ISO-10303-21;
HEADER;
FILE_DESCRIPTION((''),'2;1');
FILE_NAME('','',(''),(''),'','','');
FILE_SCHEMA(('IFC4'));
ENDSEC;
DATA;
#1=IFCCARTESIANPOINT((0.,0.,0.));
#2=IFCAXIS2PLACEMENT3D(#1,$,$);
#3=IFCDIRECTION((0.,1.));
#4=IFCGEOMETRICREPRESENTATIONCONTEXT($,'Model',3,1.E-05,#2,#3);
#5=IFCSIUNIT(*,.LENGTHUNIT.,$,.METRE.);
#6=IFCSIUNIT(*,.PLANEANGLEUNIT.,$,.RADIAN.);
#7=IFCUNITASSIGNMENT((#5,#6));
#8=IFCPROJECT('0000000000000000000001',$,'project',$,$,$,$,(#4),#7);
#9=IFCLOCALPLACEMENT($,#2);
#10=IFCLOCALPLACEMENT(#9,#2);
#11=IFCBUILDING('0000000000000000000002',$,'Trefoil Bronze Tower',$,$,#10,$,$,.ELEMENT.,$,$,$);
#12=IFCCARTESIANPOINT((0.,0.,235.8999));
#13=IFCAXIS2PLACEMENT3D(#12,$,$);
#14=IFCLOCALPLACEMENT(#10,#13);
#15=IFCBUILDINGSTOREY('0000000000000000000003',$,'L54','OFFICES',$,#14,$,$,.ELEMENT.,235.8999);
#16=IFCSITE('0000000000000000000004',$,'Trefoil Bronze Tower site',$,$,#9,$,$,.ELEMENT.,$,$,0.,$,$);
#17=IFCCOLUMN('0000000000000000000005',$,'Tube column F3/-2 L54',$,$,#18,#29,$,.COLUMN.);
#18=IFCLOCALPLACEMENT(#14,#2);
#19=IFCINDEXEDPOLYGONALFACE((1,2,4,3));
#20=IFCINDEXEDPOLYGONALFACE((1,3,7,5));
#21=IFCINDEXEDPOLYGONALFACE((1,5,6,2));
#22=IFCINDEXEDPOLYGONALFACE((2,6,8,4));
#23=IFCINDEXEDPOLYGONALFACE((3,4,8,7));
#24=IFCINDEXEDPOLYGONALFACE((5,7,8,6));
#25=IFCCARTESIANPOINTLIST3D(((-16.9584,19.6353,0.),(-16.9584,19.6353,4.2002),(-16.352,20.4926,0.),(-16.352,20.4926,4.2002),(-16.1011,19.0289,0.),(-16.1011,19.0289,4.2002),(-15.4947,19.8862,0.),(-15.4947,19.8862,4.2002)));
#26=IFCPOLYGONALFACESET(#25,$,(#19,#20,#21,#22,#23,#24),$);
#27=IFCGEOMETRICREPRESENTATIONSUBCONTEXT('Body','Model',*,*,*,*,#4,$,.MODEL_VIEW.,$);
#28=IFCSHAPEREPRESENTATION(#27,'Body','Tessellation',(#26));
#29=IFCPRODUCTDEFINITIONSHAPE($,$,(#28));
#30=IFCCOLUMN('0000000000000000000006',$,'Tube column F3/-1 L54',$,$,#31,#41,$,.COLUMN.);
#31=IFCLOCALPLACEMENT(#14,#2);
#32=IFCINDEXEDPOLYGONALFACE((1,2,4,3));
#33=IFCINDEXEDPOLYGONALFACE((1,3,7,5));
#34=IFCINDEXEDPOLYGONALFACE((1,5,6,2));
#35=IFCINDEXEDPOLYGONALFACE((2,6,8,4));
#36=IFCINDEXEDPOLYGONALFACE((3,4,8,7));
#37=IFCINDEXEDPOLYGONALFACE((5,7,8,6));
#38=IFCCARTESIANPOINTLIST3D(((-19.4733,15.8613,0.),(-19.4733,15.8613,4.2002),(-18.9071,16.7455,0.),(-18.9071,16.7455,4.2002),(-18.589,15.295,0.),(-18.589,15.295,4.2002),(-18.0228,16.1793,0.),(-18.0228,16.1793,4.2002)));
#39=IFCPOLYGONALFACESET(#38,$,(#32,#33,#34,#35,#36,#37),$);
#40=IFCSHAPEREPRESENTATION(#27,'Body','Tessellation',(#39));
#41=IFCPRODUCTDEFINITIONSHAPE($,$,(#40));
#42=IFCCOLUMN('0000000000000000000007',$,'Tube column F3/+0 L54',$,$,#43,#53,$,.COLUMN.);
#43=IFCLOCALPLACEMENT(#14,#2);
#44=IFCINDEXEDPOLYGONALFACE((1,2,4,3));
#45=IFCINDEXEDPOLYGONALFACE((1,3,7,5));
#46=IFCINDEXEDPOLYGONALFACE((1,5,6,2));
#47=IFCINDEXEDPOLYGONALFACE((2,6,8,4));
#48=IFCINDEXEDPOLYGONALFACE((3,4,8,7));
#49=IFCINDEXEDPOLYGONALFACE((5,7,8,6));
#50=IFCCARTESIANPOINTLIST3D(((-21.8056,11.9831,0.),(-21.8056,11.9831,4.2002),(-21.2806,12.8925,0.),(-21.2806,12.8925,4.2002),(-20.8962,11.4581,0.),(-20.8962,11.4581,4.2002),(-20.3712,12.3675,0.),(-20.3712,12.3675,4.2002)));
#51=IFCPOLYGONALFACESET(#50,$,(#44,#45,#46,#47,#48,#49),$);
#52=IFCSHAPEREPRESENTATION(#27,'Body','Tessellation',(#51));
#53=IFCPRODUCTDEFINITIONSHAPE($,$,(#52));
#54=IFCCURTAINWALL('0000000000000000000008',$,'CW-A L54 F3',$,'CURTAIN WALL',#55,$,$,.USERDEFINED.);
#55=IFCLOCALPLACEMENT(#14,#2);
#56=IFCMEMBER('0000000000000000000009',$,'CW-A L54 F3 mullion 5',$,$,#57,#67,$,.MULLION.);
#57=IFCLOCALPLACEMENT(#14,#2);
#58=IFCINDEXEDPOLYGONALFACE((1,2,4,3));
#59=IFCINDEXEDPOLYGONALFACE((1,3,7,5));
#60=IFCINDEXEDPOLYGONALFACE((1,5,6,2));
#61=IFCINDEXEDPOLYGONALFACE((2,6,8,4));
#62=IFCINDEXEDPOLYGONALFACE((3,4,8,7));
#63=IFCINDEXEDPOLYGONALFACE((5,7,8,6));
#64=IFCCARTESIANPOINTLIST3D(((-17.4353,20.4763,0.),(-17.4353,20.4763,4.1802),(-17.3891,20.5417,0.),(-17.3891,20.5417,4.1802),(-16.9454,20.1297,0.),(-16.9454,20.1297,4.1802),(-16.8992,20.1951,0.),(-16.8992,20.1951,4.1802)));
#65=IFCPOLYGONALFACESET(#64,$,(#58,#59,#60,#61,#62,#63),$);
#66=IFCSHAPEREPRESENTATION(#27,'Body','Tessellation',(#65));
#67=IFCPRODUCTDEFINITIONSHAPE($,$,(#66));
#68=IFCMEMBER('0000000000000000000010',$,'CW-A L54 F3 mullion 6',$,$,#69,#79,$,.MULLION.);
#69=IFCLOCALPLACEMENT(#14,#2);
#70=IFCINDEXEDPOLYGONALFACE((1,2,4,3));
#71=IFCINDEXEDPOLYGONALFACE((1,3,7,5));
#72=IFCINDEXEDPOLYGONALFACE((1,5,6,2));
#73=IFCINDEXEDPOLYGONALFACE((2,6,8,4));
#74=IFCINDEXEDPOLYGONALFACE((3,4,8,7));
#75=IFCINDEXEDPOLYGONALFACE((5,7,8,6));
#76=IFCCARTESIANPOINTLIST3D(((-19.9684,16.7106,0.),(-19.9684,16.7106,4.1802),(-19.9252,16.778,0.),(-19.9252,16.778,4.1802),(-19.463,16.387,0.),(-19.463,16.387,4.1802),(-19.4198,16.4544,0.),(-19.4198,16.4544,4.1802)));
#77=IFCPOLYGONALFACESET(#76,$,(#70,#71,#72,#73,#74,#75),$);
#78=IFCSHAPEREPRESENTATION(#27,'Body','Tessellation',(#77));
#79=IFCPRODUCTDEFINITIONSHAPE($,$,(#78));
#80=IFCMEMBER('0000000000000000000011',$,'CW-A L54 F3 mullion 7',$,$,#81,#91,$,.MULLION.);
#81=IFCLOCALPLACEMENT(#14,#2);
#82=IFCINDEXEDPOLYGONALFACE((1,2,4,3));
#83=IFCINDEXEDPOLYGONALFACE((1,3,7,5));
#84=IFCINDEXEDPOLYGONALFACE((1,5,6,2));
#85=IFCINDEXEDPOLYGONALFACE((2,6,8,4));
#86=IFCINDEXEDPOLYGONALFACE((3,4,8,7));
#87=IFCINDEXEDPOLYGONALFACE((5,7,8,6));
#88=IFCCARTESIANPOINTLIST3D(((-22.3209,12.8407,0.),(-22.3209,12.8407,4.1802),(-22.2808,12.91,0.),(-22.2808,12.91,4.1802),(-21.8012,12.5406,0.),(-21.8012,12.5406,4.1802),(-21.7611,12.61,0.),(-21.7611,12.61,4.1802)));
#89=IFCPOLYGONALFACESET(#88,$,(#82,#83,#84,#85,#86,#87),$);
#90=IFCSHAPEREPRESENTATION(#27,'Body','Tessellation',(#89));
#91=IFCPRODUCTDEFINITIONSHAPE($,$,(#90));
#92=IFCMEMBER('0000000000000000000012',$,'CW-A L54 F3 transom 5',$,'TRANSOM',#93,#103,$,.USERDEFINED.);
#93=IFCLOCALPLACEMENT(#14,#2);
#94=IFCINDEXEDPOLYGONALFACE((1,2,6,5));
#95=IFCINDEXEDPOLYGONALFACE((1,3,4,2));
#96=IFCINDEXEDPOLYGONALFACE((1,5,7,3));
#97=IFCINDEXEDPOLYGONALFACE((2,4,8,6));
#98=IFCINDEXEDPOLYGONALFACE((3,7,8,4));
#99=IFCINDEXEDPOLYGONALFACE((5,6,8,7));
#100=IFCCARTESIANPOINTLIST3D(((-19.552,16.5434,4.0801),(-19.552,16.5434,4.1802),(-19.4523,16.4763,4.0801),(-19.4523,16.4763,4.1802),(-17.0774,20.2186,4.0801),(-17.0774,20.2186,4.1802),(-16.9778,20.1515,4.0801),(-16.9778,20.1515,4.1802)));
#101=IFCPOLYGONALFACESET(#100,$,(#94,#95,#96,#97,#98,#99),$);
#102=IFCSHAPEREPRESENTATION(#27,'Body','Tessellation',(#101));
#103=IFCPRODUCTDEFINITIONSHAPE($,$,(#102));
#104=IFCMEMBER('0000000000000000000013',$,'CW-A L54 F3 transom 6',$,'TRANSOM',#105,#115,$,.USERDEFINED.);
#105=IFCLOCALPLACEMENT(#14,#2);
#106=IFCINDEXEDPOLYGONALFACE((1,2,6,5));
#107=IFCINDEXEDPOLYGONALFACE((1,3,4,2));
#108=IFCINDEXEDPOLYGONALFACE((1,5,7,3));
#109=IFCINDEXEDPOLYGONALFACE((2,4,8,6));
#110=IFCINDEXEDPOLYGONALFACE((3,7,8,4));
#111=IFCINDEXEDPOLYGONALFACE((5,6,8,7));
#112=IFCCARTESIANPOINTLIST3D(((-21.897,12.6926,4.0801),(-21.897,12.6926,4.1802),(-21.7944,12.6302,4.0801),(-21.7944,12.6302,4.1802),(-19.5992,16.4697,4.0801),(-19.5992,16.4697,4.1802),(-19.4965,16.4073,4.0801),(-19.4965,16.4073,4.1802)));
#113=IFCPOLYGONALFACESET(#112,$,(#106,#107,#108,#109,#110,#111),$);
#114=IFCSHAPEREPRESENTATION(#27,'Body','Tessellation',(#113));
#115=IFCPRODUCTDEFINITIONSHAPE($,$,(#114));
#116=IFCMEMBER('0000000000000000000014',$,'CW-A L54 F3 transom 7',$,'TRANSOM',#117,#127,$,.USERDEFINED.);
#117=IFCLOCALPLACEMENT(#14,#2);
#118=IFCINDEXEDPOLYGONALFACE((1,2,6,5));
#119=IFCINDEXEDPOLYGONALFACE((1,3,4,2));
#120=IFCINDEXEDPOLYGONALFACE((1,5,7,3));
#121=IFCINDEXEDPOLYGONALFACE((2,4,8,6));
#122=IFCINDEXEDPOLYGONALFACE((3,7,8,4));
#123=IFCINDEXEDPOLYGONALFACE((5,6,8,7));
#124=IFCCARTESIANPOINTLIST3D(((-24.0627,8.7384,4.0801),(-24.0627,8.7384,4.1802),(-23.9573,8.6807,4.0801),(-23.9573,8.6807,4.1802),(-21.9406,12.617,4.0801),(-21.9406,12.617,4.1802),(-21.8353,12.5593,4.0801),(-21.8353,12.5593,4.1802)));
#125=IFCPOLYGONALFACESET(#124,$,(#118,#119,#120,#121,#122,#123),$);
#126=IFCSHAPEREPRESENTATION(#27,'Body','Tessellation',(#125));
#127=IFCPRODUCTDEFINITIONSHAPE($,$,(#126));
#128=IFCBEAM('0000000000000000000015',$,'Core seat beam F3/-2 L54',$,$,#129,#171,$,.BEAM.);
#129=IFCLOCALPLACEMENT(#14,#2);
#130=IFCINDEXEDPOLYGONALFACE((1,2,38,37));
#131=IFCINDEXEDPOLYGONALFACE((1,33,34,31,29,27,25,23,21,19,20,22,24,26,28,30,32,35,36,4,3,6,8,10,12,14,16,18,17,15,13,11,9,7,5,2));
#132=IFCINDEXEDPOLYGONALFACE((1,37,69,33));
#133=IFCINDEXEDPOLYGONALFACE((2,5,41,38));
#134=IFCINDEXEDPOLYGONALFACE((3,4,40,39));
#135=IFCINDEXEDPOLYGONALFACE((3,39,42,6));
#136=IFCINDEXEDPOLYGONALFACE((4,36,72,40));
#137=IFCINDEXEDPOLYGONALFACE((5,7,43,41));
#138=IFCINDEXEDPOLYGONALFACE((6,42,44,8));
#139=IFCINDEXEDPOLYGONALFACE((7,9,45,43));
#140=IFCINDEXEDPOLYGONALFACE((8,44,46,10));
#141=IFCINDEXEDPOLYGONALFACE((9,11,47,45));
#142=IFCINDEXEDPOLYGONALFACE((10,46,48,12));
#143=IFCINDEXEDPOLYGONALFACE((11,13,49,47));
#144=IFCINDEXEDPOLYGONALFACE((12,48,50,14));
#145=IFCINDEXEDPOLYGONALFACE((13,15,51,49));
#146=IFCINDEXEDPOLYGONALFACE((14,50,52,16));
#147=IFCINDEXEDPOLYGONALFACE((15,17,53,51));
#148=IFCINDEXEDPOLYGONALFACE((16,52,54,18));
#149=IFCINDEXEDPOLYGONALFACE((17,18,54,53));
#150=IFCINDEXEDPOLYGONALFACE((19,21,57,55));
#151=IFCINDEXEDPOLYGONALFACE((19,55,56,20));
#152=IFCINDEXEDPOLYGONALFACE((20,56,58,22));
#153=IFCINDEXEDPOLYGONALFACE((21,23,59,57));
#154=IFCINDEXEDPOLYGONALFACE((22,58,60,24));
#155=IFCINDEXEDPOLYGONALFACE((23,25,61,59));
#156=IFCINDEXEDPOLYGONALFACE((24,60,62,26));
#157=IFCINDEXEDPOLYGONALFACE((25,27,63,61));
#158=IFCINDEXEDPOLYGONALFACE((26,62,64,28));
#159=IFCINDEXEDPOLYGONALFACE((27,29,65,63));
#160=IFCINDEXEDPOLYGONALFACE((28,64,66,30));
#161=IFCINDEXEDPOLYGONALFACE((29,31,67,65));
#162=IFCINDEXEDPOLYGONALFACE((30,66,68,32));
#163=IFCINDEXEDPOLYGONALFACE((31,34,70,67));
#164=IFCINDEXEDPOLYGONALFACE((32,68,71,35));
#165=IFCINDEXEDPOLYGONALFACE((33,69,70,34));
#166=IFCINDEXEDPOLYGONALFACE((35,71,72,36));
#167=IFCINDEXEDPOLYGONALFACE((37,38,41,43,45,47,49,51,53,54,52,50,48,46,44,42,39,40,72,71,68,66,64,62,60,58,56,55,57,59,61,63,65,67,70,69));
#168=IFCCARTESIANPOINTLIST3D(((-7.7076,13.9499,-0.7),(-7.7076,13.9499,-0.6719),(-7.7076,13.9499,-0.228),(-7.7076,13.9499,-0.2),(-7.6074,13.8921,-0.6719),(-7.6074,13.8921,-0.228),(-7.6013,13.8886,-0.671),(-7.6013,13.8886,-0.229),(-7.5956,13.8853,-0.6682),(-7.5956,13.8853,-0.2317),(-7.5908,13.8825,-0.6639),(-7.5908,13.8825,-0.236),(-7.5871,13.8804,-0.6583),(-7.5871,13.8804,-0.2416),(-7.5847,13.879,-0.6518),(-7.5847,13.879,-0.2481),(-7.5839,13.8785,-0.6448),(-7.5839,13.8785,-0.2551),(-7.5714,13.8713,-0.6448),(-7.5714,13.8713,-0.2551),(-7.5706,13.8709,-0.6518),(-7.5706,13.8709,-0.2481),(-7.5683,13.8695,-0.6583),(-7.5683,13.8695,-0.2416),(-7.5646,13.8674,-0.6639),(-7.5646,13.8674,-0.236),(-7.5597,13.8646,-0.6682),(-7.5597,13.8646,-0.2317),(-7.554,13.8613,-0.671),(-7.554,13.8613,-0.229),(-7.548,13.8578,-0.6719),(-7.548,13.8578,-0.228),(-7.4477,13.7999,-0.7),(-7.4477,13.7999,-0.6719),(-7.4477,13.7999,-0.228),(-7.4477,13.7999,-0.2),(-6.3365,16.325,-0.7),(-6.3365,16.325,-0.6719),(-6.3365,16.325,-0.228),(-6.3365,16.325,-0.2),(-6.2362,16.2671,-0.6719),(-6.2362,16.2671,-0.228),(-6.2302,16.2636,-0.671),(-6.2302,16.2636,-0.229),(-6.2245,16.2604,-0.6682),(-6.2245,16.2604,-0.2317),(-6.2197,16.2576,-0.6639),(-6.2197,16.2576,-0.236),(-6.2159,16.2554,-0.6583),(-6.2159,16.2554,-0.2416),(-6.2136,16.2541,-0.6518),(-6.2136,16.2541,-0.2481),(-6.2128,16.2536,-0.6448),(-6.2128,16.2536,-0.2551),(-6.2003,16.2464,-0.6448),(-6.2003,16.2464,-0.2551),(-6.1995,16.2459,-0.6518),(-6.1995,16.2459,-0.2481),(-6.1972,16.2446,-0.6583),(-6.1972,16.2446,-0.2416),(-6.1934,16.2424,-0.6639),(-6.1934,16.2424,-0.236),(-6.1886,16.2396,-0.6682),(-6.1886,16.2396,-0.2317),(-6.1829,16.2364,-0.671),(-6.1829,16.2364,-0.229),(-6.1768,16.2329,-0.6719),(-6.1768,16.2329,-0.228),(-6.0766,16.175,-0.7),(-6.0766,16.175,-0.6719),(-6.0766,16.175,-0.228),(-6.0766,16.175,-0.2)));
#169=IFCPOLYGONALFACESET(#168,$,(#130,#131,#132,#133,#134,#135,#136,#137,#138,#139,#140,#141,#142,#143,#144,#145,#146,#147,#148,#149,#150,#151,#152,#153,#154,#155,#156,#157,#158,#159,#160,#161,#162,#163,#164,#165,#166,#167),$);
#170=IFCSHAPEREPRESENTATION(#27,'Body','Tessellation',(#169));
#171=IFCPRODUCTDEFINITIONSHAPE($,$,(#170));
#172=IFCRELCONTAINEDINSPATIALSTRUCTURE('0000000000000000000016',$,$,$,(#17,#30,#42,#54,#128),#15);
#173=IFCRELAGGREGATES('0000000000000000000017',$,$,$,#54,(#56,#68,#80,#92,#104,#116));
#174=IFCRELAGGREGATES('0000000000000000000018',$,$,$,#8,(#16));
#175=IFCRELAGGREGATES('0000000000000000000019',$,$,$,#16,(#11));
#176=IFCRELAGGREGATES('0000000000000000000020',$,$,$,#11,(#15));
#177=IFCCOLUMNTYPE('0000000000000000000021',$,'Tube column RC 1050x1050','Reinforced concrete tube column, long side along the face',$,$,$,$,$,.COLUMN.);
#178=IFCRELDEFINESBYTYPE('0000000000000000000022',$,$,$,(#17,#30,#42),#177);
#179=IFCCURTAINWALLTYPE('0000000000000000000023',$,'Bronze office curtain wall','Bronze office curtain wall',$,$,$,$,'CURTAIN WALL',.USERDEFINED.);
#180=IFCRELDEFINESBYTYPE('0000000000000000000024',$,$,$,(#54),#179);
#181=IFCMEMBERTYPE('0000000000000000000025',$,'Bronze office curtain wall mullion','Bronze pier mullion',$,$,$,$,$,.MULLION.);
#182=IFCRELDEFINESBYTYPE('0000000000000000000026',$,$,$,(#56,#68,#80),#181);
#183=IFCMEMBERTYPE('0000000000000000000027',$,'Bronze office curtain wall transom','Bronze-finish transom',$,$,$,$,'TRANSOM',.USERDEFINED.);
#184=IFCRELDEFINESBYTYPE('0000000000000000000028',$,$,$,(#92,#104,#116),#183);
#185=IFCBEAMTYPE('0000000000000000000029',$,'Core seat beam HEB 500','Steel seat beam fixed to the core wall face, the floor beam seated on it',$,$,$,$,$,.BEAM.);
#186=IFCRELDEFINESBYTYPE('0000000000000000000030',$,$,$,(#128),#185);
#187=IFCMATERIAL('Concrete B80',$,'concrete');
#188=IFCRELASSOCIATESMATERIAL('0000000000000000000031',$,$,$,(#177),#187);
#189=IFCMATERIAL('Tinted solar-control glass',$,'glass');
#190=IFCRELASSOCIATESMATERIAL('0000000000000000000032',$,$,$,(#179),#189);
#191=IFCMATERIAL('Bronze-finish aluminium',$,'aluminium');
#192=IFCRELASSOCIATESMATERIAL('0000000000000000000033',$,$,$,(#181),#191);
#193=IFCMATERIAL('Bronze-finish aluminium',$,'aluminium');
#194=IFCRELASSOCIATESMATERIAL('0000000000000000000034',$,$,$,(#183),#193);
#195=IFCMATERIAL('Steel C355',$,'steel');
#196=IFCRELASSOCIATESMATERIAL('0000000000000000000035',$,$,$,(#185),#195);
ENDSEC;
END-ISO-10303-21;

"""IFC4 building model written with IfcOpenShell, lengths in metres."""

from ifc_helpers import new_model, si_unit, direction, frame, origin, origin_2d, place, context, subcontext, project, spatial, rectangle, i_section, extrude, material, material_profile, profile_set, type_object, element, aggregate, save


model = new_model("IFC4")

# Units and contexts
model_context = context("Model", 3, precision=1e-05, world=origin(), true_north=direction((0.0, 1.0)))
body_context = subcontext(model_context, "Body", "Model", "MODEL_VIEW")
ifc_project = project(units=[si_unit("LENGTHUNIT", "METRE"), si_unit("PLANEANGLEUNIT", "RADIAN")], contexts=[model_context])

# Site, building, storey
site_placement = place(None, origin())
site = spatial("IfcSite", under=ifc_project, at=site_placement, Name="Trefoil Bronze Tower site", CompositionType="ELEMENT", RefElevation=0.0)
building_placement = place(site_placement, origin())
building = spatial("IfcBuilding", under=site, at=building_placement, Name="Trefoil Bronze Tower", CompositionType="ELEMENT")
storey_placement = place(building_placement, frame((0.0, 0.0, 235.8999)))
storey = spatial("IfcBuildingStorey", under=building, at=storey_placement, Name="L54", Description="OFFICES", CompositionType="ELEMENT", Elevation=235.8999)

# Columns
ifc_material_1 = material(Name="Concrete B80", Category="concrete")
ifc_material_profile_1 = material_profile(ifc_material_1, rectangle(XDim=1.05, YDim=1.05, at=origin_2d()), Name="RC 1050x1050")
ifc_profile_set_1 = profile_set([ifc_material_profile_1], Name="Concrete B80")
column_type = type_object("IfcColumnType", Name="Tube column RC 1050x1050", Description="Reinforced concrete tube column, long side along the face", PredefinedType="COLUMN", material=ifc_profile_set_1)
for number, where, z_axis, x_axis, name in (
    (1, (-16.2266, 19.7607, 0.0), (0.0, 0.0, 1.0), (-0.577481, -0.816404, 0.0), "Tube column F3/-2 L54"),
    (2, (-18.748, 16.0203, 0.0), (0.0, 0.0, 1.0), (-0.53927, -0.842133, 0.0), "Tube column F3/-1 L54"),
    (3, (-21.0884, 12.1753, 0.0), (0.0, 0.0, 1.0), (-0.5, -0.866025, 0.0), "Tube column F3/+0 L54"),
):
    element("IfcColumn", number, at=place(storey_placement, frame(where, z_axis=z_axis, x_axis=x_axis)), inside=storey, type_object=column_type, Name=name, PredefinedType="COLUMN", context=body_context, shape_type="SweptSolid", body=[
        extrude(rectangle(XDim=1.05, YDim=1.05, at=origin_2d()), origin(), (0.0, 0.0, 1.0), 4.2002),
    ])

# Curtain wall, members
ifc_material_2 = material(Name="Tinted solar-control glass", Category="glass")
curtain_wall_type = type_object("IfcCurtainWallType", Name="Bronze office curtain wall", Description="Bronze office curtain wall", ElementType="CURTAIN WALL", PredefinedType="USERDEFINED", material=ifc_material_2)
curtain_wall_placement = place(storey_placement, origin())
curtain_wall = element("IfcCurtainWall", 4, at=curtain_wall_placement, inside=storey, type_object=curtain_wall_type, Name="CW-A L54 F3", ObjectType="CURTAIN WALL", PredefinedType="USERDEFINED")
ifc_material_3 = material(Name="Bronze-finish aluminium", Category="aluminium")
ifc_material_profile_2 = material_profile(ifc_material_3, rectangle(XDim=0.6001, YDim=0.0801, at=origin_2d()), Name="CW-A mullion")
ifc_profile_set_2 = profile_set([ifc_material_profile_2], Name="Bronze-finish aluminium")
member_type_1 = type_object("IfcMemberType", Name="Bronze office curtain wall mullion", Description="Bronze pier mullion", PredefinedType="MULLION", material=ifc_profile_set_2)
member_1_placement = place(storey_placement, frame((-17.1672, 20.3357, 0.0), z_axis=(0.0, 0.0, 1.0), x_axis=(0.816404, -0.577481, 0.0)))
member_1 = element("IfcMember", 5, at=member_1_placement, type_object=member_type_1, Name="CW-A L54 F3 mullion 5", PredefinedType="MULLION", context=body_context, shape_type="SweptSolid", body=[
    extrude(rectangle(XDim=0.6001, YDim=0.0801, at=origin_2d()), origin(), (0.0, 0.0, 1.0), 4.1802),
])
member_2_placement = place(storey_placement, frame((-19.6941, 16.5825, 0.0), z_axis=(0.0, 0.0, 1.0), x_axis=(0.842133, -0.53927, 0.0)))
member_2 = element("IfcMember", 6, at=member_2_placement, type_object=member_type_1, Name="CW-A L54 F3 mullion 6", PredefinedType="MULLION", context=body_context, shape_type="SweptSolid", body=[
    extrude(rectangle(XDim=0.6001, YDim=0.0801, at=origin_2d()), origin(), (0.0, 0.0, 1.0), 4.1802),
])
member_3_placement = place(storey_placement, frame((-22.041, 12.7253, 0.0), z_axis=(0.0, 0.0, 1.0), x_axis=(0.866025, -0.5, 0.0)))
member_3 = element("IfcMember", 7, at=member_3_placement, type_object=member_type_1, Name="CW-A L54 F3 mullion 7", PredefinedType="MULLION", context=body_context, shape_type="SweptSolid", body=[
    extrude(rectangle(XDim=0.6001, YDim=0.0801, at=origin_2d()), origin(), (0.0, 0.0, 1.0), 4.1802),
])
ifc_material_4 = material(Name="Bronze-finish aluminium", Category="aluminium")
ifc_material_profile_3 = material_profile(ifc_material_4, rectangle(XDim=0.1201, YDim=0.1001, at=origin_2d()), Name="CW-A transom")
ifc_profile_set_3 = profile_set([ifc_material_profile_3], Name="Bronze-finish aluminium")
member_type_2 = type_object("IfcMemberType", Name="Bronze office curtain wall transom", Description="Bronze-finish transom", ElementType="TRANSOM", PredefinedType="USERDEFINED", material=ifc_profile_set_3)
member_4_placement = place(storey_placement, frame((-17.0276, 20.1851, 4.1301), z_axis=(-0.558509, -0.829498, 0.0), x_axis=(0.829498, -0.558509, 0.0)))
member_4 = element("IfcMember", 8, at=member_4_placement, type_object=member_type_2, Name="CW-A L54 F3 transom 5", ObjectType="TRANSOM", PredefinedType="USERDEFINED", context=body_context, shape_type="SweptSolid", body=[
    extrude(rectangle(XDim=0.1201, YDim=0.1001, at=origin_2d()), origin(), (0.0, 0.0, 1.0), 4.4307),
])
member_5_placement = place(storey_placement, frame((-19.5479, 16.4385, 4.1301), z_axis=(-0.51974, -0.854324, 0.0), x_axis=(0.854324, -0.51974, 0.0)))
member_5 = element("IfcMember", 9, at=member_5_placement, type_object=member_type_2, Name="CW-A L54 F3 transom 6", ObjectType="TRANSOM", PredefinedType="USERDEFINED", context=body_context, shape_type="SweptSolid", body=[
    extrude(rectangle(XDim=0.1201, YDim=0.1001, at=origin_2d()), origin(), (0.0, 0.0, 1.0), 4.4211),
])
member_6_placement = place(storey_placement, frame((-21.8879, 12.5881, 4.1301), z_axis=(-0.479974, -0.877283, 0.0), x_axis=(0.877283, -0.479974, 0.0)))
member_6 = element("IfcMember", 10, at=member_6_placement, type_object=member_type_2, Name="CW-A L54 F3 transom 7", ObjectType="TRANSOM", PredefinedType="USERDEFINED", context=body_context, shape_type="SweptSolid", body=[
    extrude(rectangle(XDim=0.1201, YDim=0.1001, at=origin_2d()), origin(), (0.0, 0.0, 1.0), 4.4211),
])

# Beam
ifc_material_5 = material(Name="Steel C355", Category="steel")
ifc_material_profile_4 = material_profile(ifc_material_5, i_section(OverallWidth=0.3, OverallDepth=0.5, WebThickness=0.0144, FlangeThickness=0.0281, FilletRadius=0.0271, at=origin_2d()), Name="HEB 500")
ifc_profile_set_4 = profile_set([ifc_material_profile_4], Name="Steel C355")
beam_type_1 = type_object("IfcBeamType", Name="Core seat beam HEB 500", Description="Steel seat beam fixed to the core wall face, the floor beam seated on it", PredefinedType="BEAM", material=ifc_profile_set_4)
for number, where, z_axis, x_axis, name in (
    (11, (-6.2065, 16.25, -0.45), (-0.499969, -0.866043, 0.0), (0.866043, -0.499969, 0.0), "Core seat beam F3/-2 L54"),
):
    element("IfcBeam", number, at=place(storey_placement, frame(where, z_axis=z_axis, x_axis=x_axis)), inside=storey, type_object=beam_type_1, Name=name, PredefinedType="BEAM", context=body_context, shape_type="SweptSolid", body=[
        extrude(i_section(OverallWidth=0.3, OverallDepth=0.5, WebThickness=0.0144, FlangeThickness=0.0281, FilletRadius=0.0271, at=origin_2d()), origin(), (0.0, 0.0, 1.0), 2.7424),
    ])

aggregate(curtain_wall, [member_1, member_2, member_3, member_4, member_5, member_6])

save(model, "model.ifc")
